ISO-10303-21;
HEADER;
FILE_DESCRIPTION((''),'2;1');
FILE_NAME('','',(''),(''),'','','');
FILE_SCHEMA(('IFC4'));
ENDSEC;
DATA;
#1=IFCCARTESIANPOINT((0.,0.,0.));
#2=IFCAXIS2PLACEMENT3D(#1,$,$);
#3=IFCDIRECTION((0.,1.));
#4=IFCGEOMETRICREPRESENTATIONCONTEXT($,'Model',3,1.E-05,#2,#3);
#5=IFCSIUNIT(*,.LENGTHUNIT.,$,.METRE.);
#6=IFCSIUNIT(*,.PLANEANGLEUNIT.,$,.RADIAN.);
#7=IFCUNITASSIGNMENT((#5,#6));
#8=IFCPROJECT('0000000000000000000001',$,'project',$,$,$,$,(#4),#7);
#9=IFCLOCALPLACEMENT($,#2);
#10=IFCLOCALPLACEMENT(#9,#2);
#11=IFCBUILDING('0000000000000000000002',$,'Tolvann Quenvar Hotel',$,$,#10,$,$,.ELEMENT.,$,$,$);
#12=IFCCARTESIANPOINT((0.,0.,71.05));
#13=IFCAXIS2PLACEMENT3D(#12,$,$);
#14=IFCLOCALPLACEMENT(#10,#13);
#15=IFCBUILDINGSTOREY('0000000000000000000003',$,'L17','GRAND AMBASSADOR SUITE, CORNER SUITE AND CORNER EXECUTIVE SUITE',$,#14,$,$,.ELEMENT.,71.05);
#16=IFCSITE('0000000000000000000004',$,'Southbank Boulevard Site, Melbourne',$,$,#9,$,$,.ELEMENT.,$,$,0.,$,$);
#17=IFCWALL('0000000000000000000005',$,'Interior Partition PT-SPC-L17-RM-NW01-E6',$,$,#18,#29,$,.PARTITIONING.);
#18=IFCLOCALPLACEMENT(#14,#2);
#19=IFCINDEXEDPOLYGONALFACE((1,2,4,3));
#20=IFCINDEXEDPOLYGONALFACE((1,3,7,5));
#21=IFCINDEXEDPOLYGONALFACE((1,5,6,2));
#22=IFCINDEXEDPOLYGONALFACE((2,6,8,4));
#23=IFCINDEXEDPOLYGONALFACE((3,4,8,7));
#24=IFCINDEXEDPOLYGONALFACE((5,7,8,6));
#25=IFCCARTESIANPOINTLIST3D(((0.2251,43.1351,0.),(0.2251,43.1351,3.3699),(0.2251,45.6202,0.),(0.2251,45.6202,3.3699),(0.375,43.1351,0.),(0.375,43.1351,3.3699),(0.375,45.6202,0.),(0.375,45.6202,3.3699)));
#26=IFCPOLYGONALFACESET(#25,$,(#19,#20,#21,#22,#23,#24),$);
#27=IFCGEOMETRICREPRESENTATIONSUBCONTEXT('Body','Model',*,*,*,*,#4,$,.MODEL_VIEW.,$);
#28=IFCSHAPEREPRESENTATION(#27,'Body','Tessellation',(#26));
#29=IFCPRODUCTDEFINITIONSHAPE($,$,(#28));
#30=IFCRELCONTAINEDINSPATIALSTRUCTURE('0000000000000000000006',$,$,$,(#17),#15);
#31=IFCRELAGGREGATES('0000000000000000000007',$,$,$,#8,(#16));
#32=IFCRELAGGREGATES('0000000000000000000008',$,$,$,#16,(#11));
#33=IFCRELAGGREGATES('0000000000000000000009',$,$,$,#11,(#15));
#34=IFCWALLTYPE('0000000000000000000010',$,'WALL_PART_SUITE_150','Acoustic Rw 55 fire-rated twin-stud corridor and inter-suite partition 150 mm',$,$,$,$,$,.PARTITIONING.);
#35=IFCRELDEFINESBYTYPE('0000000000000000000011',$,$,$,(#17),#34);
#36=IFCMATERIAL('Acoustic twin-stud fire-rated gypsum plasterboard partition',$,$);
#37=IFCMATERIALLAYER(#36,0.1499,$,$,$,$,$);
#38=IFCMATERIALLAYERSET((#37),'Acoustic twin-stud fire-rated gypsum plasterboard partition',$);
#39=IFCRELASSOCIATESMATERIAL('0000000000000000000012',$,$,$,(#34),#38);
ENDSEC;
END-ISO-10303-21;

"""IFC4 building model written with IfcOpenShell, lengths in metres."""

from ifc_helpers import new_model, si_unit, direction, frame, frame_2d, origin, place, context, subcontext, project, spatial, rectangle, extrude, material, layer, layer_set, type_object, element, save


model = new_model("IFC4")

# Units and contexts
model_context = context("Model", 3, precision=1e-05, world=origin(), true_north=direction((0.0, 1.0)))
body_context = subcontext(model_context, "Body", "Model", "MODEL_VIEW")
ifc_project = project(units=[si_unit("LENGTHUNIT", "METRE"), si_unit("PLANEANGLEUNIT", "RADIAN")], contexts=[model_context])

# Site, building, storey
site_placement = place(None, origin())
site = spatial("IfcSite", under=ifc_project, at=site_placement, Name="Southbank Boulevard Site, Melbourne", CompositionType="ELEMENT", RefElevation=0.0)
building_placement = place(site_placement, origin())
building = spatial("IfcBuilding", under=site, at=building_placement, Name="Tolvann Quenvar Hotel", CompositionType="ELEMENT")
storey_placement = place(building_placement, frame((0.0, 0.0, 71.05)))
storey = spatial("IfcBuildingStorey", under=building, at=storey_placement, Name="L17", Description="GRAND AMBASSADOR SUITE, CORNER SUITE AND CORNER EXECUTIVE SUITE", CompositionType="ELEMENT", Elevation=71.05)

# Wall
ifc_material_1 = material(Name="Acoustic twin-stud fire-rated gypsum plasterboard partition")
ifc_layer_1 = layer(ifc_material_1, 0.1499)
ifc_layer_set_1 = layer_set([ifc_layer_1], Name="Acoustic twin-stud fire-rated gypsum plasterboard partition")
wall_type_1 = type_object("IfcWallType", Name="WALL_PART_SUITE_150", Description="Acoustic Rw 55 fire-rated twin-stud corridor and inter-suite partition 150 mm", PredefinedType="PARTITIONING", material=ifc_layer_set_1)
wall_1_placement = place(storey_placement, frame((0.3, 43.135, 0.0), z_axis=(0.0, 0.0, 1.0), x_axis=(0.0, 1.0, 0.0)))
element("IfcWall", 1, at=wall_1_placement, inside=storey, type_object=wall_type_1, Name="Interior Partition PT-SPC-L17-RM-NW01-E6", PredefinedType="PARTITIONING", context=body_context, shape_type="SweptSolid", body=[
    extrude(rectangle(XDim=2.4851, YDim=0.1499, at=frame_2d((1.2427, 0.0))), origin(), (0.0, 0.0, 1.0), 3.3699),
])

save(model, "model.ifc")
